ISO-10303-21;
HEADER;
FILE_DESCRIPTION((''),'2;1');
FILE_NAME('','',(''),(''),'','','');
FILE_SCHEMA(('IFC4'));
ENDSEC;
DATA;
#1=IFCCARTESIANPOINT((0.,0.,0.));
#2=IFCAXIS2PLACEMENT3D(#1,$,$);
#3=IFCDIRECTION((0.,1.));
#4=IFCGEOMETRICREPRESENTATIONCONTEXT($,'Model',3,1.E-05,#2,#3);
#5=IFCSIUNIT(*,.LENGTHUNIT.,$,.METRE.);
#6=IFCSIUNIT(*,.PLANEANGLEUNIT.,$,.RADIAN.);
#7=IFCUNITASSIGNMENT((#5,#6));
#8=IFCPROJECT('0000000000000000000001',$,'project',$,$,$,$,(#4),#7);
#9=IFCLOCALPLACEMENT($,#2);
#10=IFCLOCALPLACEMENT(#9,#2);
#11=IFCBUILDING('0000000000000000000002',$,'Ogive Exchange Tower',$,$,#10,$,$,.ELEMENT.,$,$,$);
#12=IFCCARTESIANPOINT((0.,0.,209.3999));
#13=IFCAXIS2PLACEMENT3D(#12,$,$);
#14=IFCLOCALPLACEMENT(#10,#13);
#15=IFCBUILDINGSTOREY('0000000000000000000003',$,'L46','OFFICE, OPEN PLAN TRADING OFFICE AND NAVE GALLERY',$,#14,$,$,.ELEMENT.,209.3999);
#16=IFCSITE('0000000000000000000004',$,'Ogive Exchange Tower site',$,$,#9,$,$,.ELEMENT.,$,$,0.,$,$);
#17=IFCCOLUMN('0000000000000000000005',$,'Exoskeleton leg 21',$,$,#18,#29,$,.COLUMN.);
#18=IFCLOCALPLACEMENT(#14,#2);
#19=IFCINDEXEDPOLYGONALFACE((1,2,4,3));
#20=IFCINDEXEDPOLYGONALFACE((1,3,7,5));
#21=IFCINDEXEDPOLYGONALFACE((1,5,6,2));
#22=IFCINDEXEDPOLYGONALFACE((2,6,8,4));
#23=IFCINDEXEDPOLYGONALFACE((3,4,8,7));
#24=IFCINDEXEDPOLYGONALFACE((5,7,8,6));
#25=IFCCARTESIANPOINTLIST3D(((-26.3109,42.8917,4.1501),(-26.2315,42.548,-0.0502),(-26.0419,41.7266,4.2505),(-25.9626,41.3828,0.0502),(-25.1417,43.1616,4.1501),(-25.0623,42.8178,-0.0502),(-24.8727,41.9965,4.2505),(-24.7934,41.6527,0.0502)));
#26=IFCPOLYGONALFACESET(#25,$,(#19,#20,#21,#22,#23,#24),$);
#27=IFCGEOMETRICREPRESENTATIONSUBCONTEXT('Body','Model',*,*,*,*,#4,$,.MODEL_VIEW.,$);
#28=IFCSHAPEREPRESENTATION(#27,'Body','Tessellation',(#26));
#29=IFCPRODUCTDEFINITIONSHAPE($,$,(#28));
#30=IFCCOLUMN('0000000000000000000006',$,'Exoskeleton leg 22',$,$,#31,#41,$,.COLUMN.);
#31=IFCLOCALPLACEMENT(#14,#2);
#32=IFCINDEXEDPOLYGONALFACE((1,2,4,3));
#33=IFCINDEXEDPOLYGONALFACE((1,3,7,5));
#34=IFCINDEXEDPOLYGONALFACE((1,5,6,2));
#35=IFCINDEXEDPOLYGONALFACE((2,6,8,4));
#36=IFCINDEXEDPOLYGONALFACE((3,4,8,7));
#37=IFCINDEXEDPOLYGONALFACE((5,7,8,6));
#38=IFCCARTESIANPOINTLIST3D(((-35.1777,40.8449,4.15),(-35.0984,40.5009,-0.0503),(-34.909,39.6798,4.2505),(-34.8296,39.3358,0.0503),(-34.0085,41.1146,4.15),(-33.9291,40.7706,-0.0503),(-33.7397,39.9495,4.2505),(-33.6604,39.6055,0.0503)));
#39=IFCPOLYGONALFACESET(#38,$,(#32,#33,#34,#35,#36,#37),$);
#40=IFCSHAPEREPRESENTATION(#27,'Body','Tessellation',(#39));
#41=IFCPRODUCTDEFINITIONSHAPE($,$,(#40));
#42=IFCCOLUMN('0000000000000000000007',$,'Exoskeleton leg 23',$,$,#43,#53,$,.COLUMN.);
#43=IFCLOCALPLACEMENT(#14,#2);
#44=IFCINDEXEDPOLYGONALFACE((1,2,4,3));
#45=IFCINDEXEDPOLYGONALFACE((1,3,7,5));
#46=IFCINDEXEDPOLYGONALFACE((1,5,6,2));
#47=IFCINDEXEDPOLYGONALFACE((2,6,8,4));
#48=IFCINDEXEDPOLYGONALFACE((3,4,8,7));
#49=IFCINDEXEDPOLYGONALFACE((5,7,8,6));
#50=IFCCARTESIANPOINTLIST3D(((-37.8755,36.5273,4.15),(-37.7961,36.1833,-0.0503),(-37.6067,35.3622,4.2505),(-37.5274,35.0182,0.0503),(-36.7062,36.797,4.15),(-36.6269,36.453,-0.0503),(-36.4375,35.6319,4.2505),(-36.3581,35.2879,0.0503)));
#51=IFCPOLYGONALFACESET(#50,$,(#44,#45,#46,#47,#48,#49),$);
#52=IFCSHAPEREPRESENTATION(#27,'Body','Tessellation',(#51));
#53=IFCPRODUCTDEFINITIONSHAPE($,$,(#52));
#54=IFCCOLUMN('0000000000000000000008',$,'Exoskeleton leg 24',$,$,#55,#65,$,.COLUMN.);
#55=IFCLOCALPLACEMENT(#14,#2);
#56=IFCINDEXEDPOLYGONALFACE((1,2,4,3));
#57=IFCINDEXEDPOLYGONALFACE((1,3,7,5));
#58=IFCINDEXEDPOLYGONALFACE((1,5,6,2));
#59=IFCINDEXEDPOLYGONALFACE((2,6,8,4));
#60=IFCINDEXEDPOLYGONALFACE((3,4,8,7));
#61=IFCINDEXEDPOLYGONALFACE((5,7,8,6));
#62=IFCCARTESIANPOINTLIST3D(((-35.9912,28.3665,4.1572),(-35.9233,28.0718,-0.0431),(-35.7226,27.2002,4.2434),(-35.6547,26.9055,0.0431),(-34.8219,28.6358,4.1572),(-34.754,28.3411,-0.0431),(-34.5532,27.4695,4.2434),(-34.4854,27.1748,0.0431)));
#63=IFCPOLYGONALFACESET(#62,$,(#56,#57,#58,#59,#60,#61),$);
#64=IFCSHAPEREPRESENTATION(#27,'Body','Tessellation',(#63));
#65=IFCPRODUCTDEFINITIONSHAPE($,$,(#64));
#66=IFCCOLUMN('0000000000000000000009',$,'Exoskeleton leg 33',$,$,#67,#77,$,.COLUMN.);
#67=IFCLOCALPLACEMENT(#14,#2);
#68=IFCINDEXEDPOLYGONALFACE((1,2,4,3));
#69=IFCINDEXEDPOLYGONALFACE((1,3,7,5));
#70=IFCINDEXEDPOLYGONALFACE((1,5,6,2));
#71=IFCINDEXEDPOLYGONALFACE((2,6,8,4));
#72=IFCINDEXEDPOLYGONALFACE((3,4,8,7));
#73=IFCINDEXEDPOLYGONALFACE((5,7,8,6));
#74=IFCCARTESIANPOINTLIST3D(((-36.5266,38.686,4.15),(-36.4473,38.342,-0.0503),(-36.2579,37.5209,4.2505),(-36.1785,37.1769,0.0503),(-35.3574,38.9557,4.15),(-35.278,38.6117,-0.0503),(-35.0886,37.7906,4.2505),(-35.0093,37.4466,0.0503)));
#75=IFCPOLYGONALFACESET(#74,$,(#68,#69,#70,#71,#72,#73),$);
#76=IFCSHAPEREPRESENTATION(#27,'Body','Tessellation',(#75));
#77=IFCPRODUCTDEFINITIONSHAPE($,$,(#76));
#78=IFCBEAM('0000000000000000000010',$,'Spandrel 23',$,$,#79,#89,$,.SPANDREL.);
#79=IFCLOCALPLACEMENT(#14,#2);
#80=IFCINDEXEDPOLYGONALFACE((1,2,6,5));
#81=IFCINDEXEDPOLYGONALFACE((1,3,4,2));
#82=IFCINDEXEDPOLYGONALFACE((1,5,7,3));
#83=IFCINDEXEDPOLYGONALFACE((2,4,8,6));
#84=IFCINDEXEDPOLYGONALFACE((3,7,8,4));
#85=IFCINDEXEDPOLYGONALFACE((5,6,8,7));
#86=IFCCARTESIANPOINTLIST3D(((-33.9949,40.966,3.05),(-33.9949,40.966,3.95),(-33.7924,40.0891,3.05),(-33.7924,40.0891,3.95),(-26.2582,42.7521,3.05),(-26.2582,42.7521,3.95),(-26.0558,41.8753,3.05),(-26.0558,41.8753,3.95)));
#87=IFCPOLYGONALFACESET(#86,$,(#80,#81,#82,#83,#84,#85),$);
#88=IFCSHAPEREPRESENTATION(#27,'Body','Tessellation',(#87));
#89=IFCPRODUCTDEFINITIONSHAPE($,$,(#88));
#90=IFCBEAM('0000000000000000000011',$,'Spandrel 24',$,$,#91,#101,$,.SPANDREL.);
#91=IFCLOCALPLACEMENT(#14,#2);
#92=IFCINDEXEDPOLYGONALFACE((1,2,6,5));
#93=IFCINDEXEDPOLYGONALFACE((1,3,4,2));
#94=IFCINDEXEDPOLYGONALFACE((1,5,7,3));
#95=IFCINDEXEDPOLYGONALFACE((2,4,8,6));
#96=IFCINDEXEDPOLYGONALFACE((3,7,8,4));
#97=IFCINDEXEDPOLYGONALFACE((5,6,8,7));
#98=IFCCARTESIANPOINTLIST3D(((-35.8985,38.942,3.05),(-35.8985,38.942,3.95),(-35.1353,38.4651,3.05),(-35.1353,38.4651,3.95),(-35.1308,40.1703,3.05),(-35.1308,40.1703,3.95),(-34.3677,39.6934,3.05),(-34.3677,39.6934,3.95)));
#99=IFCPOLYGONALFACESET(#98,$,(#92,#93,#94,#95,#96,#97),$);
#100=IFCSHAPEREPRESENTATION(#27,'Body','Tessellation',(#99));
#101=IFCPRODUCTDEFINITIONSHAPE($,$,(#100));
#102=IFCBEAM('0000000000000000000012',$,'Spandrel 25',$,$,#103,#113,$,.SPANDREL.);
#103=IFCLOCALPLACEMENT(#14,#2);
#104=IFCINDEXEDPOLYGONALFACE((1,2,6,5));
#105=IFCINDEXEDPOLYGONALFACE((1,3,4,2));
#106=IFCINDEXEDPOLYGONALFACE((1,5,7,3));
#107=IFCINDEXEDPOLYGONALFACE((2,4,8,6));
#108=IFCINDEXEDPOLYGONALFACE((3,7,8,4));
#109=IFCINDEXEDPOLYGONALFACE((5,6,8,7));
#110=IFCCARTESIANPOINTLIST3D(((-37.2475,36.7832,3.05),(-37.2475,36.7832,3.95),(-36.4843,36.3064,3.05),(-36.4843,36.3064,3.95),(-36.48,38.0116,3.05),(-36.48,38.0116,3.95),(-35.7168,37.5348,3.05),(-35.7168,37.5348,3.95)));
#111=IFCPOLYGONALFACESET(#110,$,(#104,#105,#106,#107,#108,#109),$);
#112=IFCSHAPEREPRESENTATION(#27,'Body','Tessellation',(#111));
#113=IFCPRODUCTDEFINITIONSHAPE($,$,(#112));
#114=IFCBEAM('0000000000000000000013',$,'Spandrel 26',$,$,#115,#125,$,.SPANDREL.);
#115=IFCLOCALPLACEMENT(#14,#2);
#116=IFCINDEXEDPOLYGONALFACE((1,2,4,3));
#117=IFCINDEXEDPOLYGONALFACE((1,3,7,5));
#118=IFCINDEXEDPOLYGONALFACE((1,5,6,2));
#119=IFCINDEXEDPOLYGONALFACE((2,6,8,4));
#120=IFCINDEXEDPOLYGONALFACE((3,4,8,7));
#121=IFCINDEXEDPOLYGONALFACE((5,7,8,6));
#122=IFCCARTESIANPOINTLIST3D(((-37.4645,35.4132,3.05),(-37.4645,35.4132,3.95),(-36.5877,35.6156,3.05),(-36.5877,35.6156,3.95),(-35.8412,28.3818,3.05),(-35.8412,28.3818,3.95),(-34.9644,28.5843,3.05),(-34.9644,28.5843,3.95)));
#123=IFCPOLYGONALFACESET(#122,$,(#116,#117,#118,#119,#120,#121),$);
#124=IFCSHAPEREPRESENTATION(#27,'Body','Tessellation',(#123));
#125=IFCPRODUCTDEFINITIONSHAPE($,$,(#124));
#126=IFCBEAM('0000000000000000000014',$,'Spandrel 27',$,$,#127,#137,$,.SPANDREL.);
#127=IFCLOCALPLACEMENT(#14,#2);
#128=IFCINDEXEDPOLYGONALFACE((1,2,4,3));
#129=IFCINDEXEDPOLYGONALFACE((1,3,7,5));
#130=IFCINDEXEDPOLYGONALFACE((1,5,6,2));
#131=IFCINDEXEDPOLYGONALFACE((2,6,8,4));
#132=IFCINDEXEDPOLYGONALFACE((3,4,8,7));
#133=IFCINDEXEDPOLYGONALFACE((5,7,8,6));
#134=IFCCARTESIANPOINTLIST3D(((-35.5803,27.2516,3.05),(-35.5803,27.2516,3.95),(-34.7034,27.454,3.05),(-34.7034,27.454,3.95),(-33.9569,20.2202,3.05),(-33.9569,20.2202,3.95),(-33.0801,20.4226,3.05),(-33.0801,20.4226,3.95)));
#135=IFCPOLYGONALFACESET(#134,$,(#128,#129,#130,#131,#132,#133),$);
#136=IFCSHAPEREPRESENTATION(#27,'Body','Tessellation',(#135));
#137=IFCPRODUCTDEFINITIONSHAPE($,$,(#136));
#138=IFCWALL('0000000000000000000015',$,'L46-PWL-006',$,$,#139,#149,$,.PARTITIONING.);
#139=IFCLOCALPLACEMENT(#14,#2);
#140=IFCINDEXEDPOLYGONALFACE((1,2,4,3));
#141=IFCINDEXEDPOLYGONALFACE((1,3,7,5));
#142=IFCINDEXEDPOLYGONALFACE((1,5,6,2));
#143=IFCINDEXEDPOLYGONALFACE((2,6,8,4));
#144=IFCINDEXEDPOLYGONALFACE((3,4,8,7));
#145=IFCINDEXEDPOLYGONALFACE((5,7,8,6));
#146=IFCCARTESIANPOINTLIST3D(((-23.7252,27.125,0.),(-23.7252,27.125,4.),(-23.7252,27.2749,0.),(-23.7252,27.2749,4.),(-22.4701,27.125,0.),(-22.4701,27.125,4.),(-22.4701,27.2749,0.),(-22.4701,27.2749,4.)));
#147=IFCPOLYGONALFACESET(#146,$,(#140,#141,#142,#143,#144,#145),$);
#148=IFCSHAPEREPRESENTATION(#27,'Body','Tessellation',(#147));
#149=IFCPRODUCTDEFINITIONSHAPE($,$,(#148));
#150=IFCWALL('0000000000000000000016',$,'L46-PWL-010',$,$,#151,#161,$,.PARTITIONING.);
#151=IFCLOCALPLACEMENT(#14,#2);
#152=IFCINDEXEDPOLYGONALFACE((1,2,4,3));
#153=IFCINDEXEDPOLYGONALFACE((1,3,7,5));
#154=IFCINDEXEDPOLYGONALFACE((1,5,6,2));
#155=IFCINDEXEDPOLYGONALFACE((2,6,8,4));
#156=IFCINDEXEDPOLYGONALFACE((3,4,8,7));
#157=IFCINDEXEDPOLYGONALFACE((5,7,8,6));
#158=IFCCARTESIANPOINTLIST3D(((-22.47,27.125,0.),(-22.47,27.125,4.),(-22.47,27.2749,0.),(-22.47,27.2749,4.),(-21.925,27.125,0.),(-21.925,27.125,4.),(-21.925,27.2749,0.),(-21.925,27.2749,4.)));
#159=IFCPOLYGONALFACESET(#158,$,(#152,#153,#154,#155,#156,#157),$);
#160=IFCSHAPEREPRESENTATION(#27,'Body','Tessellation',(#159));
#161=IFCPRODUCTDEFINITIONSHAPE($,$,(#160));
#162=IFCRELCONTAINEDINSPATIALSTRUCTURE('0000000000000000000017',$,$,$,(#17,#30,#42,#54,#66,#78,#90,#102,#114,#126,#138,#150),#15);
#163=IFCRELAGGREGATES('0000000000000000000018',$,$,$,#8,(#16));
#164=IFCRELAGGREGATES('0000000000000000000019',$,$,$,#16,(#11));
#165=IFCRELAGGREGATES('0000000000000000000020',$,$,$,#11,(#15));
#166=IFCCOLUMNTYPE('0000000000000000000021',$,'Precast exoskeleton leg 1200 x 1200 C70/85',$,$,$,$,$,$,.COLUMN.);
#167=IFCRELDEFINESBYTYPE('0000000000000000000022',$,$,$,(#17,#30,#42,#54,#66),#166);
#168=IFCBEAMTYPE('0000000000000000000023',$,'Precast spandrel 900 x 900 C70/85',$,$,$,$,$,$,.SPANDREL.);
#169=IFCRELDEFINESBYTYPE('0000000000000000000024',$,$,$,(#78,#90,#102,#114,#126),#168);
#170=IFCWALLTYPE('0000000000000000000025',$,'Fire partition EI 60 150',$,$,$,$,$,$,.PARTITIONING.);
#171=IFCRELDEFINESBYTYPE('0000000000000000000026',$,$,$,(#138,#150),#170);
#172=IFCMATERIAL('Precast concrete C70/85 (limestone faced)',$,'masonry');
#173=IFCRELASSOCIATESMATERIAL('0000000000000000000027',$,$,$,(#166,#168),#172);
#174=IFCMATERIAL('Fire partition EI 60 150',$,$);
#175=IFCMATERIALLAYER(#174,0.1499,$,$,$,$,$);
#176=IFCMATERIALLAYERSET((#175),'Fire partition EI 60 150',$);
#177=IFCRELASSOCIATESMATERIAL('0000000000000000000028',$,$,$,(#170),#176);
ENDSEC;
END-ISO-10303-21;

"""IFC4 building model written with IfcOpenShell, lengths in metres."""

from ifc_helpers import new_model, si_unit, direction, frame, frame_2d, origin, origin_2d, place, context, subcontext, project, spatial, rectangle, extrude, material, layer, layer_set, material_profile, profile_set, type_object, element, save


model = new_model("IFC4")

# Units and contexts
model_context = context("Model", 3, precision=1e-05, world=origin(), true_north=direction((0.0, 1.0)))
body_context = subcontext(model_context, "Body", "Model", "MODEL_VIEW")
ifc_project = project(units=[si_unit("LENGTHUNIT", "METRE"), si_unit("PLANEANGLEUNIT", "RADIAN")], contexts=[model_context])

# Site, building, storey
site_placement = place(None, origin())
site = spatial("IfcSite", under=ifc_project, at=site_placement, Name="Ogive Exchange Tower site", CompositionType="ELEMENT", RefElevation=0.0)
building_placement = place(site_placement, origin())
building = spatial("IfcBuilding", under=site, at=building_placement, Name="Ogive Exchange Tower", CompositionType="ELEMENT")
storey_placement = place(building_placement, frame((0.0, 0.0, 209.3999)))
storey = spatial("IfcBuildingStorey", under=building, at=storey_placement, Name="L46", Description="OFFICE, OPEN PLAN TRADING OFFICE AND NAVE GALLERY", CompositionType="ELEMENT", Elevation=209.3999)

# Columns
ifc_material_1 = material(Name="Precast concrete C70/85 (limestone faced)", Category="masonry")
ifc_material_profile_1 = material_profile(ifc_material_1, rectangle(XDim=1.2, YDim=1.2, at=origin_2d()), Name="1200 x 1200")
ifc_profile_set_1 = profile_set([ifc_material_profile_1], Name="Precast concrete C70/85 (limestone faced)")
column_type = type_object("IfcColumnType", Name="Precast exoskeleton leg 1200 x 1200 C70/85", PredefinedType="COLUMN", material=ifc_profile_set_1)
for number, where, z_axis, x_axis, name in (
    (1, (-25.5125, 42.1003, 0.0), (-0.018825, 0.081554, 0.996491), (-0.97438, -0.22491, 0.0), "Exoskeleton leg 21"),
    (2, (-34.3794, 40.0532, 0.0), (-0.018825, 0.081612, 0.996486), (-0.974415, -0.224758, 0.0), "Exoskeleton leg 22"),
    (3, (-37.0771, 35.7356, 0.0), (-0.018825, 0.081612, 0.996486), (-0.974415, -0.224758, 0.0), "Exoskeleton leg 23"),
):
    element("IfcColumn", number, at=place(storey_placement, frame(where, z_axis=z_axis, x_axis=x_axis)), inside=storey, type_object=column_type, Name=name, PredefinedType="COLUMN", context=body_context, shape_type="SweptSolid", body=[
        extrude(rectangle(XDim=1.2, YDim=1.2, at=origin_2d()), origin(), (0.0, 0.0, 1.0), 4.2151),
    ])
column_1_placement = place(storey_placement, frame((-35.2043, 27.6233, 0.0), z_axis=(-0.016117, 0.069977, 0.997418), x_axis=(-0.974486, -0.224447, 0.0)))
element("IfcColumn", 4, at=column_1_placement, inside=storey, type_object=column_type, Name="Exoskeleton leg 24", PredefinedType="COLUMN", context=body_context, shape_type="SweptSolid", body=[
    extrude(rectangle(XDim=1.2, YDim=1.2, at=origin_2d()), origin(), (0.0, 0.0, 1.0), 4.2112),
])
column_2_placement = place(storey_placement, frame((-35.7283, 37.8943, 0.0), z_axis=(-0.018825, 0.081612, 0.996486), x_axis=(-0.974415, -0.224758, 0.0)))
element("IfcColumn", 5, at=column_2_placement, inside=storey, type_object=column_type, Name="Exoskeleton leg 33", PredefinedType="COLUMN", context=body_context, shape_type="SweptSolid", body=[
    extrude(rectangle(XDim=1.2, YDim=1.2, at=origin_2d()), origin(), (0.0, 0.0, 1.0), 4.2151),
])

# Beams
ifc_material_profile_2 = material_profile(ifc_material_1, rectangle(XDim=0.8999, YDim=0.8999, at=origin_2d()), Name="900 x 900")
ifc_profile_set_2 = profile_set([ifc_material_profile_2], Name="Precast concrete C70/85 (limestone faced)")
beam_type = type_object("IfcBeamType", Name="Precast spandrel 900 x 900 C70/85", PredefinedType="SPANDREL", material=ifc_profile_set_2)
beam_placement = place(storey_placement, frame((-26.157, 42.3137, 3.5), z_axis=(-0.97437, -0.224952, 0.0), x_axis=(0.224952, -0.97437, 0.0)))
element("IfcBeam", 6, at=beam_placement, inside=storey, type_object=beam_type, Name="Spandrel 23", PredefinedType="SPANDREL", context=body_context, shape_type="SweptSolid", body=[
    extrude(rectangle(XDim=0.8999, YDim=0.8999, at=origin_2d()), origin(), (0.0, 0.0, 1.0), 7.9402),
])
for number, where, z_axis, x_axis, name in (
    (7, (-34.7493, 39.9319, 3.5), (-0.529953, -0.848027, 0.0), (0.848027, -0.529953, 0.0), "Spandrel 24"),
    (8, (-36.0984, 37.7732, 3.5), (-0.529878, -0.848074, 0.0), (0.848074, -0.529878, 0.0), "Spandrel 25"),
):
    element("IfcBeam", number, at=place(storey_placement, frame(where, z_axis=z_axis, x_axis=x_axis)), inside=storey, type_object=beam_type, Name=name, PredefinedType="SPANDREL", context=body_context, shape_type="SweptSolid", body=[
        extrude(rectangle(XDim=0.8999, YDim=0.8999, at=origin_2d()), origin(), (0.0, 0.0, 1.0), 1.4485),
    ])
for number, where, z_axis, x_axis, name in (
    (9, (-37.0261, 35.5144, 3.5), (0.224951, -0.97437, 0.0), (0.97437, 0.224951, 0.0), "Spandrel 26"),
    (10, (-35.1418, 27.3528, 3.5), (0.224951, -0.97437, 0.0), (0.97437, 0.224951, 0.0), "Spandrel 27"),
):
    element("IfcBeam", number, at=place(storey_placement, frame(where, z_axis=z_axis, x_axis=x_axis)), inside=storey, type_object=beam_type, Name=name, PredefinedType="SPANDREL", context=body_context, shape_type="SweptSolid", body=[
        extrude(rectangle(XDim=0.8999, YDim=0.8999, at=origin_2d()), origin(), (0.0, 0.0, 1.0), 7.2163),
    ])

# Walls
ifc_material_2 = material(Name="Fire partition EI 60 150")
ifc_layer_1 = layer(ifc_material_2, 0.1499)
ifc_layer_set_1 = layer_set([ifc_layer_1], Name="Fire partition EI 60 150")
wall_type_1 = type_object("IfcWallType", Name="Fire partition EI 60 150", PredefinedType="PARTITIONING", material=ifc_layer_set_1)
wall_1_placement = place(storey_placement, frame((-23.7251, 27.2, 0.0), z_axis=(0.0, 0.0, 1.0), x_axis=(1.0, 0.0, 0.0)))
element("IfcWall", 11, at=wall_1_placement, inside=storey, type_object=wall_type_1, Name="L46-PWL-006", PredefinedType="PARTITIONING", context=body_context, shape_type="SweptSolid", body=[
    extrude(rectangle(XDim=1.2551, YDim=0.1499, at=frame_2d((0.6274, 0.0))), origin(), (0.0, 0.0, 1.0), 4.0),
])
wall_2_placement = place(storey_placement, frame((-22.47, 27.2, 0.0), z_axis=(0.0, 0.0, 1.0), x_axis=(1.0, 0.0, 0.0)))
element("IfcWall", 12, at=wall_2_placement, inside=storey, type_object=wall_type_1, Name="L46-PWL-010", PredefinedType="PARTITIONING", context=body_context, shape_type="SweptSolid", body=[
    extrude(rectangle(XDim=0.5449, YDim=0.1499, at=frame_2d((0.2725, 0.0))), origin(), (0.0, 0.0, 1.0), 4.0),
])

save(model, "model.ifc")
